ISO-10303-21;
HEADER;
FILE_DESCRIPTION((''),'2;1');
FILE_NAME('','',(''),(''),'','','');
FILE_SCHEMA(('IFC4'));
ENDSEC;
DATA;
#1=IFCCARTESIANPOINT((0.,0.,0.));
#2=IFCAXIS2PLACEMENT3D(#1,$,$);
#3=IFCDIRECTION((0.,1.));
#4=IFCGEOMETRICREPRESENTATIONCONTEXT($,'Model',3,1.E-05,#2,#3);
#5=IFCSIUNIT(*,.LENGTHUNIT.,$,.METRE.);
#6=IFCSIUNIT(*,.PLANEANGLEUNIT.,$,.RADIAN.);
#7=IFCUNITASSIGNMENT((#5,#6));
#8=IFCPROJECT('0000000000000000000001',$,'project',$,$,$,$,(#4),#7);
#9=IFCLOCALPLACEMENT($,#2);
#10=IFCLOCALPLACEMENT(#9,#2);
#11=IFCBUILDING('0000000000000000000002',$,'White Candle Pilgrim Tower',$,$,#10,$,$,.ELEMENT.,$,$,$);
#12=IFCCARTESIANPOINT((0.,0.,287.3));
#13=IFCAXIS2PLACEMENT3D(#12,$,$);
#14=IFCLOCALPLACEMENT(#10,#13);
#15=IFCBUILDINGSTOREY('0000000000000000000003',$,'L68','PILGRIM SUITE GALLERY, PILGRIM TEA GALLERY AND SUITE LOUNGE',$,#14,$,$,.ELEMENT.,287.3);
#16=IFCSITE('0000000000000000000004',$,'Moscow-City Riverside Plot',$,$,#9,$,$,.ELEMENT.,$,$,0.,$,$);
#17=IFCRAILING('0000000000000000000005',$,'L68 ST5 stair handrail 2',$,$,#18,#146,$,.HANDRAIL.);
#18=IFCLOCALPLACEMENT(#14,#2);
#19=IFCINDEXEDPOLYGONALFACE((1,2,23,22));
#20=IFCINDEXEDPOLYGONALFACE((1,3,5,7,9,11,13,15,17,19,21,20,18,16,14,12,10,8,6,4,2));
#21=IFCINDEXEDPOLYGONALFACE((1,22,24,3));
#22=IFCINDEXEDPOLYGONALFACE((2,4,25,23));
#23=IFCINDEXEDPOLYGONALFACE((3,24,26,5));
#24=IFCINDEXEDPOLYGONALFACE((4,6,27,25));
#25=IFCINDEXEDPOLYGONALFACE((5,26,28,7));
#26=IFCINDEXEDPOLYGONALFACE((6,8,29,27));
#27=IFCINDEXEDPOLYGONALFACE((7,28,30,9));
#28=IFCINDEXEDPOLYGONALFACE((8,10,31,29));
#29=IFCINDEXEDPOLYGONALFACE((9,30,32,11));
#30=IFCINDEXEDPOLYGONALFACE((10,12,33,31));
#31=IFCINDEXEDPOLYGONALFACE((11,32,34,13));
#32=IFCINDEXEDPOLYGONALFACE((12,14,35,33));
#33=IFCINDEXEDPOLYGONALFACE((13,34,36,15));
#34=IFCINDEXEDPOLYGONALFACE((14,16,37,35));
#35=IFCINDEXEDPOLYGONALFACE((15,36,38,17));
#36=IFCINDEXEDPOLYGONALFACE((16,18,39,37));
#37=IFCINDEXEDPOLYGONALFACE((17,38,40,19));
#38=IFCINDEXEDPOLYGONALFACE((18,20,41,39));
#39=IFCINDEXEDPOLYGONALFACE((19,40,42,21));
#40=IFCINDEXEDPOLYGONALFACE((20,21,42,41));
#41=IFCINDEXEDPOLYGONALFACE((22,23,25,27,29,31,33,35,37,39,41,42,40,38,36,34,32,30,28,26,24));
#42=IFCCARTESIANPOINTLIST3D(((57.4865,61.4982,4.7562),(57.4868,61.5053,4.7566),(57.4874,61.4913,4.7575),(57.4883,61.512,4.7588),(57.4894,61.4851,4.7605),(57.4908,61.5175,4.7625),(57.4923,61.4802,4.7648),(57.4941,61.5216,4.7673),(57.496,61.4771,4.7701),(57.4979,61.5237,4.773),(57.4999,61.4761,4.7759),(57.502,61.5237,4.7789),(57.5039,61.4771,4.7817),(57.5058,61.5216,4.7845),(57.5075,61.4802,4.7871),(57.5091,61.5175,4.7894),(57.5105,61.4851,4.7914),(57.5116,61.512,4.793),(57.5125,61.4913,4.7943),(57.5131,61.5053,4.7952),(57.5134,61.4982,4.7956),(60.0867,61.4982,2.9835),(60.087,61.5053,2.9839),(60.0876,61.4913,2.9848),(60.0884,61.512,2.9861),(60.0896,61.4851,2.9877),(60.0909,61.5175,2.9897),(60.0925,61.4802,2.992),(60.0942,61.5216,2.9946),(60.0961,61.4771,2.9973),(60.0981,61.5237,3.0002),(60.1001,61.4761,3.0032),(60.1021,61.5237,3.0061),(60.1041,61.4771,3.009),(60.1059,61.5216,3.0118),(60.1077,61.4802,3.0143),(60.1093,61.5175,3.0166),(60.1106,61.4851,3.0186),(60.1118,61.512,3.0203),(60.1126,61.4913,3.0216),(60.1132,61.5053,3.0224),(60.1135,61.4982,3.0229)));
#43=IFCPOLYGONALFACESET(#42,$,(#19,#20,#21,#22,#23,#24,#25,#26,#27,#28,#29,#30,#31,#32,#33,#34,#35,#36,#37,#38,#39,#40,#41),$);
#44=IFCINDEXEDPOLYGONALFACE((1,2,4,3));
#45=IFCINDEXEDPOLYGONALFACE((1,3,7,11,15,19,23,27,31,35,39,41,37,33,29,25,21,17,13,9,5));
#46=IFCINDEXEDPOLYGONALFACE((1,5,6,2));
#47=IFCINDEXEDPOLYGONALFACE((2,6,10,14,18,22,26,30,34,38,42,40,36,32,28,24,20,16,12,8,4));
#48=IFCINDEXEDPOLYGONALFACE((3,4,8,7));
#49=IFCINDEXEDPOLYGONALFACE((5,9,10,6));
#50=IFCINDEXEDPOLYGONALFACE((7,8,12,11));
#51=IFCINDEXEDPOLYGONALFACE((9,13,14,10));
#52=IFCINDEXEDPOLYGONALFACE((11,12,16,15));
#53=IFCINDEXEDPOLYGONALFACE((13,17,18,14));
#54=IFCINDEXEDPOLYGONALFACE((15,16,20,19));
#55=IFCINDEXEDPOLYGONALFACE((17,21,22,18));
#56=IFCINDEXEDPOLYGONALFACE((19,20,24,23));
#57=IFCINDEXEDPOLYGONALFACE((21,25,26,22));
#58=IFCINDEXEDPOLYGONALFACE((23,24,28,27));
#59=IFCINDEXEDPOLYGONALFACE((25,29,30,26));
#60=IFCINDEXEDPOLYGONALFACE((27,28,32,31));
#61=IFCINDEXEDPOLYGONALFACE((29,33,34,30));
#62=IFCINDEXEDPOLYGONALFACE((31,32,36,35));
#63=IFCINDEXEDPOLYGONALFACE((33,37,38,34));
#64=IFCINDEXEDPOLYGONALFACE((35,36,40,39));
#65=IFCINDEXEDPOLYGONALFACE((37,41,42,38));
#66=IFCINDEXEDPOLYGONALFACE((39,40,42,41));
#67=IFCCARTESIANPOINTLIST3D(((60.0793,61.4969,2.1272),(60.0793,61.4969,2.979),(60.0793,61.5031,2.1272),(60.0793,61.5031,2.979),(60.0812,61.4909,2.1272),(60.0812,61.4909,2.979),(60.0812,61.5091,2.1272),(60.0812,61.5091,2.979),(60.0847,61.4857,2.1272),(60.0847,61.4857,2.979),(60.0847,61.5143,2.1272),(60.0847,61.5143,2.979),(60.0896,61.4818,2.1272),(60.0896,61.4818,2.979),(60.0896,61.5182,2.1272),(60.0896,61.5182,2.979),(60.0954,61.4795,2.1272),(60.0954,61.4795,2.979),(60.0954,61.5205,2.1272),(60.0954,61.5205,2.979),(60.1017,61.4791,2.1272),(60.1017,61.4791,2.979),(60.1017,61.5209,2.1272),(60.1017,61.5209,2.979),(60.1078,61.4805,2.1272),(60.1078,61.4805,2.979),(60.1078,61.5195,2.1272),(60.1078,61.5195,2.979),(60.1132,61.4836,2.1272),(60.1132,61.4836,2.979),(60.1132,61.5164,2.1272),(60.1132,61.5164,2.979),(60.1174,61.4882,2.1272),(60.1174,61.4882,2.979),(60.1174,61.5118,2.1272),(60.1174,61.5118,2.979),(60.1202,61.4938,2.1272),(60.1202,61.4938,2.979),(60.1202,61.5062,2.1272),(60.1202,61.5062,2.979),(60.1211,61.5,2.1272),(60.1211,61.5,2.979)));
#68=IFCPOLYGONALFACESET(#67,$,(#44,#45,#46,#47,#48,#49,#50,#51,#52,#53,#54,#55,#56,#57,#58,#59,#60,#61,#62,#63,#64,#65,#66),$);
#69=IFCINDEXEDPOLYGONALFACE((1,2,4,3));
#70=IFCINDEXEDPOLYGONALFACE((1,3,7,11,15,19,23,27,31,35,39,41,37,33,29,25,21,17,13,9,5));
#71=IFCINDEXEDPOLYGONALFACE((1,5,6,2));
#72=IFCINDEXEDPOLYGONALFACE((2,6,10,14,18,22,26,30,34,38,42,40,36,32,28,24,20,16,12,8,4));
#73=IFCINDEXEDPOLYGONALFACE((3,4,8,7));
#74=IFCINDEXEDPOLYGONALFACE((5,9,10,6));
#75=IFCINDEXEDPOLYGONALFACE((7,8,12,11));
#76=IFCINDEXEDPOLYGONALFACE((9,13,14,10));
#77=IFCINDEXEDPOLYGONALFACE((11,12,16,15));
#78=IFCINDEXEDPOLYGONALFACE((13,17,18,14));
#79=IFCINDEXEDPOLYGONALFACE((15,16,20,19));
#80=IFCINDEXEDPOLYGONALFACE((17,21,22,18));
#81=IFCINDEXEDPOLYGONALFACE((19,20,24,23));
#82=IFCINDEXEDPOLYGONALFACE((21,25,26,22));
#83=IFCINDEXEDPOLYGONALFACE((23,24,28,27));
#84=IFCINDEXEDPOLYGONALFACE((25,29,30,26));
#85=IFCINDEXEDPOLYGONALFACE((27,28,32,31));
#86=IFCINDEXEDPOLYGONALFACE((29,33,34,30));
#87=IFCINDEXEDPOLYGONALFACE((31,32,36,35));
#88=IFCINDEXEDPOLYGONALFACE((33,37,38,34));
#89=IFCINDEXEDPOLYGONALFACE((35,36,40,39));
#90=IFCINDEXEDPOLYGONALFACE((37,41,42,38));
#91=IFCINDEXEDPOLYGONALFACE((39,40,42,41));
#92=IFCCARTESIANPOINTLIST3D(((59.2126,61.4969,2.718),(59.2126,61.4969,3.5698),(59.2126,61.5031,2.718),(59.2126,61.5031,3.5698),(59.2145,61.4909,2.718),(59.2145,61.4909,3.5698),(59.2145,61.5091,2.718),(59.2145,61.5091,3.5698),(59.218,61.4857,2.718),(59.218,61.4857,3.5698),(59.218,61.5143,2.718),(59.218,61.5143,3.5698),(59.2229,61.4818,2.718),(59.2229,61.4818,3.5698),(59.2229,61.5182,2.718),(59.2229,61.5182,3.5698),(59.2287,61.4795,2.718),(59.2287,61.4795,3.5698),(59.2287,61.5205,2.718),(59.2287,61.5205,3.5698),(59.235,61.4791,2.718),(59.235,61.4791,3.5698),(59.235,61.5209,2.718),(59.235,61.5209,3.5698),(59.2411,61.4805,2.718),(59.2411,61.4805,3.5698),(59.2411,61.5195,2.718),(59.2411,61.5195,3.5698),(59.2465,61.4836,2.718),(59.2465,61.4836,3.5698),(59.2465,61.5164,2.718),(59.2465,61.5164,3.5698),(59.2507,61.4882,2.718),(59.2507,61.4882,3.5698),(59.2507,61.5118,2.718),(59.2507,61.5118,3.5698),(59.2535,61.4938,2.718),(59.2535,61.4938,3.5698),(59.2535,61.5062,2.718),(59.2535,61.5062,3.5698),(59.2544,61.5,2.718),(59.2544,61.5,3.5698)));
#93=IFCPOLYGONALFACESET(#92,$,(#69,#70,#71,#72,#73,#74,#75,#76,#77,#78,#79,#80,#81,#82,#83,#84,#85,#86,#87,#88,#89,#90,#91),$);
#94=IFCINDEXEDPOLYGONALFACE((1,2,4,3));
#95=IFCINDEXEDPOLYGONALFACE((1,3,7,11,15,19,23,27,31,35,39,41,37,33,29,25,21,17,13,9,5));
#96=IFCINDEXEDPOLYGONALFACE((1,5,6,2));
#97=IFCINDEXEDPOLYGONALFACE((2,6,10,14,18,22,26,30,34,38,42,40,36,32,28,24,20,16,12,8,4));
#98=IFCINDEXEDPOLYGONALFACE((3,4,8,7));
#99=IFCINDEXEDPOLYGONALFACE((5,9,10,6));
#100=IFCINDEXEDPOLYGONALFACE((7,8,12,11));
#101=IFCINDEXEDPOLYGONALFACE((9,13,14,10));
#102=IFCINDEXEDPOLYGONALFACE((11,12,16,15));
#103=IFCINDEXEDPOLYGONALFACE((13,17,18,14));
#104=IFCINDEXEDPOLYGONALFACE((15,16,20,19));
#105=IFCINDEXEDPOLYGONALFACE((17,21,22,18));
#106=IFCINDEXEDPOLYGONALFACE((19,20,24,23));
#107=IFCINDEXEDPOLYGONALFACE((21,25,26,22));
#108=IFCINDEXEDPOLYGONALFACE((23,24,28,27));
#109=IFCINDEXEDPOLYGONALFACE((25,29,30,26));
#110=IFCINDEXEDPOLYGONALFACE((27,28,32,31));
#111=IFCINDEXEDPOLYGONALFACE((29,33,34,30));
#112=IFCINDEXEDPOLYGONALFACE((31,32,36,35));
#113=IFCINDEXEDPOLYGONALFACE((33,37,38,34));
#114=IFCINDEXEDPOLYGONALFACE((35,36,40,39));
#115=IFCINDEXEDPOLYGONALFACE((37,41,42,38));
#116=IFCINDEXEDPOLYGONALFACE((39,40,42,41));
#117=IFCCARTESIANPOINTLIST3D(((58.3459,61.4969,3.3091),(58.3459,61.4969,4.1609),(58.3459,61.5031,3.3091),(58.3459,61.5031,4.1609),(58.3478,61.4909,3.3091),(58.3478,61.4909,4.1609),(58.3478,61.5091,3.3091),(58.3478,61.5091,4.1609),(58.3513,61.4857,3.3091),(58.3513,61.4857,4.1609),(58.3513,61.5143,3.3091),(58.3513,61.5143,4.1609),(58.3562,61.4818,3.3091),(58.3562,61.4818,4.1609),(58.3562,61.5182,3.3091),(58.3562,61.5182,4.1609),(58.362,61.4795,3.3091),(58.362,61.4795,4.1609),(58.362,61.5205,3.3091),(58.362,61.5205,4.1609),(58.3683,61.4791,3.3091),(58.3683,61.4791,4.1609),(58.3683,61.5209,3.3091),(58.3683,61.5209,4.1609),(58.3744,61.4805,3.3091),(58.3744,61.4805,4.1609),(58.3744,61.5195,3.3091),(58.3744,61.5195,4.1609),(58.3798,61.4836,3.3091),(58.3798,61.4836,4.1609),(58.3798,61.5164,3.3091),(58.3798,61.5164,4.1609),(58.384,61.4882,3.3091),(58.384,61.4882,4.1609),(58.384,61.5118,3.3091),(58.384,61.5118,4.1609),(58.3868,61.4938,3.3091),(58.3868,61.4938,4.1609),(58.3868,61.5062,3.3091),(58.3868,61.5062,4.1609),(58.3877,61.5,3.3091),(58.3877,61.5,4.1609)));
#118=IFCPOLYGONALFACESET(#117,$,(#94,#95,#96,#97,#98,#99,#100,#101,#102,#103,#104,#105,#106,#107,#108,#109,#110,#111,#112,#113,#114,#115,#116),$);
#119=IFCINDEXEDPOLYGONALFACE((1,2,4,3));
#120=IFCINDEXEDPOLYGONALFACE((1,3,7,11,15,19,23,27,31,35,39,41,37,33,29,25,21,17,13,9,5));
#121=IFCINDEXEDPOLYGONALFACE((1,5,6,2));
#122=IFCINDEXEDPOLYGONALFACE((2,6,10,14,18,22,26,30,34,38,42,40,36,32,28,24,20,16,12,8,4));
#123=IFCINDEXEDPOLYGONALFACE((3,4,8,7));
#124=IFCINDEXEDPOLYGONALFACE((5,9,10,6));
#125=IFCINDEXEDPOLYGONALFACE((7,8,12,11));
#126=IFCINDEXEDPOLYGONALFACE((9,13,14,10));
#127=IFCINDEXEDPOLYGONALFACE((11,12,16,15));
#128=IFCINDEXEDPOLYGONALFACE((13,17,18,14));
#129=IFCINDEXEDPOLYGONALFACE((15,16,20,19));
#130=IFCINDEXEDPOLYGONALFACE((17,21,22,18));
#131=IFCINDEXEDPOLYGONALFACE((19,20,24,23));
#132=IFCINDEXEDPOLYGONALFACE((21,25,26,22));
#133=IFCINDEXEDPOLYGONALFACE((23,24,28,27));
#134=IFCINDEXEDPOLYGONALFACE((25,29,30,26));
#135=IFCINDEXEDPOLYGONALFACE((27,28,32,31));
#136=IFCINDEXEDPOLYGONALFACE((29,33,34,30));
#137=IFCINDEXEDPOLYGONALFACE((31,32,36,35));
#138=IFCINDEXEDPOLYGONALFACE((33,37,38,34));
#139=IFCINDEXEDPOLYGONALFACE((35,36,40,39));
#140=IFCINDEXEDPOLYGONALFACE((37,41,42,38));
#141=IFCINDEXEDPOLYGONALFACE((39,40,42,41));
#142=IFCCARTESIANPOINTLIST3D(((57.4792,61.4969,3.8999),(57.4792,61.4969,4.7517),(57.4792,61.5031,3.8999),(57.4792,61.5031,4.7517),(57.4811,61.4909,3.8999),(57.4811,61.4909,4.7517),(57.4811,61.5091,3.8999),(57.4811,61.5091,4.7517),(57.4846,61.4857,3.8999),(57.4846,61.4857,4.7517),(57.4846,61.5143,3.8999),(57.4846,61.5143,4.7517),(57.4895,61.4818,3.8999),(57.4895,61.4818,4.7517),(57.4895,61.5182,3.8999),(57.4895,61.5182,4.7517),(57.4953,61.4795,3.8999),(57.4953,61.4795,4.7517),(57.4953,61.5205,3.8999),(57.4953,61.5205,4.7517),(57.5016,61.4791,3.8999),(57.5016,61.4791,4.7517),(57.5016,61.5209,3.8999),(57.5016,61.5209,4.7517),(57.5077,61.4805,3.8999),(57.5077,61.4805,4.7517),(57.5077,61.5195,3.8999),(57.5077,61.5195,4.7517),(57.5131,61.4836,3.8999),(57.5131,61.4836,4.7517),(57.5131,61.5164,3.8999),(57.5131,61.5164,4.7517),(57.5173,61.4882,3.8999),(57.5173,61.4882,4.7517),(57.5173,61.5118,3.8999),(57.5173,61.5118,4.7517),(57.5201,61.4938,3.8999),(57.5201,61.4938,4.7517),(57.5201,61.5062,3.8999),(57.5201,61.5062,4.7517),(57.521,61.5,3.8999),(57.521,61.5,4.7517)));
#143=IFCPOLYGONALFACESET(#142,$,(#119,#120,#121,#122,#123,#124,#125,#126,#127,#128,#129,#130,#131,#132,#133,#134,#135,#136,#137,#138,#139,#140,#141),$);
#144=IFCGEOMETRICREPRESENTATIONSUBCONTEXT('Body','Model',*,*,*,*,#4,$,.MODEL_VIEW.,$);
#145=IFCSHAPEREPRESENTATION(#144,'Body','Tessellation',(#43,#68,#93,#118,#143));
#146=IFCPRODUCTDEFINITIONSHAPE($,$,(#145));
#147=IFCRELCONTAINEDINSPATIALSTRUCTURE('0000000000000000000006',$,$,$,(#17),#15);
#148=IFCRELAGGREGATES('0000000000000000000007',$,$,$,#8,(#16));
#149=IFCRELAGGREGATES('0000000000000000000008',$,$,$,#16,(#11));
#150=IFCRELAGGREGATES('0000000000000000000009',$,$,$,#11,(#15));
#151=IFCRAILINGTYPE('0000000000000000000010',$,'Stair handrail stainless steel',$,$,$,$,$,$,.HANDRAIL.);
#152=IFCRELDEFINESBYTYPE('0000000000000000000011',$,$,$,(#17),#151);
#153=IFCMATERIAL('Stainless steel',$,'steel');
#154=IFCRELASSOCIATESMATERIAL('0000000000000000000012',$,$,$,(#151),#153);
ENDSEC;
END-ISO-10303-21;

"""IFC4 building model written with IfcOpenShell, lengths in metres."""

from ifc_helpers import new_model, si_unit, direction, frame, origin, origin_2d, place, context, subcontext, project, spatial, circle, extrude, material, type_object, element, save


model = new_model("IFC4")

# Units and contexts
model_context = context("Model", 3, precision=1e-05, world=origin(), true_north=direction((0.0, 1.0)))
body_context = subcontext(model_context, "Body", "Model", "MODEL_VIEW")
ifc_project = project(units=[si_unit("LENGTHUNIT", "METRE"), si_unit("PLANEANGLEUNIT", "RADIAN")], contexts=[model_context])

# Site, building, storey
site_placement = place(None, origin())
site = spatial("IfcSite", under=ifc_project, at=site_placement, Name="Moscow-City Riverside Plot", CompositionType="ELEMENT", RefElevation=0.0)
building_placement = place(site_placement, origin())
building = spatial("IfcBuilding", under=site, at=building_placement, Name="White Candle Pilgrim Tower", CompositionType="ELEMENT")
storey_placement = place(building_placement, frame((0.0, 0.0, 287.3)))
storey = spatial("IfcBuildingStorey", under=building, at=storey_placement, Name="L68", Description="PILGRIM SUITE GALLERY, PILGRIM TEA GALLERY AND SUITE LOUNGE", CompositionType="ELEMENT", Elevation=287.3)

# Railing
ifc_material_1 = material(Name="Stainless steel", Category="steel")
railing_type_1 = type_object("IfcRailingType", Name="Stair handrail stainless steel", PredefinedType="HANDRAIL", material=ifc_material_1)
railing_1_placement = place(storey_placement, frame((60.1001, 61.5, 2.1272)))
element("IfcRailing", 1, at=railing_1_placement, inside=storey, type_object=railing_type_1, Name="L68 ST5 stair handrail 2", PredefinedType="HANDRAIL", context=body_context, shape_type="SweptSolid", body=[
    extrude(circle(Radius=0.0239, at=origin_2d()), frame((0.0, 0.0, 0.876), z_axis=(-0.82624, 0.0, 0.563318), x_axis=(0.0, -1.0, 0.0)), (0.0, 0.0, 1.0), 3.147),
    extrude(circle(Radius=0.021, at=origin_2d()), origin(), (0.0, 0.0, 1.0), 0.8518),
    extrude(circle(Radius=0.021, at=origin_2d()), frame((-0.8667, 0.0, 0.5908)), (0.0, 0.0, 1.0), 0.8518),
    extrude(circle(Radius=0.021, at=origin_2d()), frame((-1.7334, 0.0, 1.1819)), (0.0, 0.0, 1.0), 0.8518),
    extrude(circle(Radius=0.021, at=origin_2d()), frame((-2.6001, 0.0, 1.7727)), (0.0, 0.0, 1.0), 0.8518),
])

save(model, "model.ifc")
